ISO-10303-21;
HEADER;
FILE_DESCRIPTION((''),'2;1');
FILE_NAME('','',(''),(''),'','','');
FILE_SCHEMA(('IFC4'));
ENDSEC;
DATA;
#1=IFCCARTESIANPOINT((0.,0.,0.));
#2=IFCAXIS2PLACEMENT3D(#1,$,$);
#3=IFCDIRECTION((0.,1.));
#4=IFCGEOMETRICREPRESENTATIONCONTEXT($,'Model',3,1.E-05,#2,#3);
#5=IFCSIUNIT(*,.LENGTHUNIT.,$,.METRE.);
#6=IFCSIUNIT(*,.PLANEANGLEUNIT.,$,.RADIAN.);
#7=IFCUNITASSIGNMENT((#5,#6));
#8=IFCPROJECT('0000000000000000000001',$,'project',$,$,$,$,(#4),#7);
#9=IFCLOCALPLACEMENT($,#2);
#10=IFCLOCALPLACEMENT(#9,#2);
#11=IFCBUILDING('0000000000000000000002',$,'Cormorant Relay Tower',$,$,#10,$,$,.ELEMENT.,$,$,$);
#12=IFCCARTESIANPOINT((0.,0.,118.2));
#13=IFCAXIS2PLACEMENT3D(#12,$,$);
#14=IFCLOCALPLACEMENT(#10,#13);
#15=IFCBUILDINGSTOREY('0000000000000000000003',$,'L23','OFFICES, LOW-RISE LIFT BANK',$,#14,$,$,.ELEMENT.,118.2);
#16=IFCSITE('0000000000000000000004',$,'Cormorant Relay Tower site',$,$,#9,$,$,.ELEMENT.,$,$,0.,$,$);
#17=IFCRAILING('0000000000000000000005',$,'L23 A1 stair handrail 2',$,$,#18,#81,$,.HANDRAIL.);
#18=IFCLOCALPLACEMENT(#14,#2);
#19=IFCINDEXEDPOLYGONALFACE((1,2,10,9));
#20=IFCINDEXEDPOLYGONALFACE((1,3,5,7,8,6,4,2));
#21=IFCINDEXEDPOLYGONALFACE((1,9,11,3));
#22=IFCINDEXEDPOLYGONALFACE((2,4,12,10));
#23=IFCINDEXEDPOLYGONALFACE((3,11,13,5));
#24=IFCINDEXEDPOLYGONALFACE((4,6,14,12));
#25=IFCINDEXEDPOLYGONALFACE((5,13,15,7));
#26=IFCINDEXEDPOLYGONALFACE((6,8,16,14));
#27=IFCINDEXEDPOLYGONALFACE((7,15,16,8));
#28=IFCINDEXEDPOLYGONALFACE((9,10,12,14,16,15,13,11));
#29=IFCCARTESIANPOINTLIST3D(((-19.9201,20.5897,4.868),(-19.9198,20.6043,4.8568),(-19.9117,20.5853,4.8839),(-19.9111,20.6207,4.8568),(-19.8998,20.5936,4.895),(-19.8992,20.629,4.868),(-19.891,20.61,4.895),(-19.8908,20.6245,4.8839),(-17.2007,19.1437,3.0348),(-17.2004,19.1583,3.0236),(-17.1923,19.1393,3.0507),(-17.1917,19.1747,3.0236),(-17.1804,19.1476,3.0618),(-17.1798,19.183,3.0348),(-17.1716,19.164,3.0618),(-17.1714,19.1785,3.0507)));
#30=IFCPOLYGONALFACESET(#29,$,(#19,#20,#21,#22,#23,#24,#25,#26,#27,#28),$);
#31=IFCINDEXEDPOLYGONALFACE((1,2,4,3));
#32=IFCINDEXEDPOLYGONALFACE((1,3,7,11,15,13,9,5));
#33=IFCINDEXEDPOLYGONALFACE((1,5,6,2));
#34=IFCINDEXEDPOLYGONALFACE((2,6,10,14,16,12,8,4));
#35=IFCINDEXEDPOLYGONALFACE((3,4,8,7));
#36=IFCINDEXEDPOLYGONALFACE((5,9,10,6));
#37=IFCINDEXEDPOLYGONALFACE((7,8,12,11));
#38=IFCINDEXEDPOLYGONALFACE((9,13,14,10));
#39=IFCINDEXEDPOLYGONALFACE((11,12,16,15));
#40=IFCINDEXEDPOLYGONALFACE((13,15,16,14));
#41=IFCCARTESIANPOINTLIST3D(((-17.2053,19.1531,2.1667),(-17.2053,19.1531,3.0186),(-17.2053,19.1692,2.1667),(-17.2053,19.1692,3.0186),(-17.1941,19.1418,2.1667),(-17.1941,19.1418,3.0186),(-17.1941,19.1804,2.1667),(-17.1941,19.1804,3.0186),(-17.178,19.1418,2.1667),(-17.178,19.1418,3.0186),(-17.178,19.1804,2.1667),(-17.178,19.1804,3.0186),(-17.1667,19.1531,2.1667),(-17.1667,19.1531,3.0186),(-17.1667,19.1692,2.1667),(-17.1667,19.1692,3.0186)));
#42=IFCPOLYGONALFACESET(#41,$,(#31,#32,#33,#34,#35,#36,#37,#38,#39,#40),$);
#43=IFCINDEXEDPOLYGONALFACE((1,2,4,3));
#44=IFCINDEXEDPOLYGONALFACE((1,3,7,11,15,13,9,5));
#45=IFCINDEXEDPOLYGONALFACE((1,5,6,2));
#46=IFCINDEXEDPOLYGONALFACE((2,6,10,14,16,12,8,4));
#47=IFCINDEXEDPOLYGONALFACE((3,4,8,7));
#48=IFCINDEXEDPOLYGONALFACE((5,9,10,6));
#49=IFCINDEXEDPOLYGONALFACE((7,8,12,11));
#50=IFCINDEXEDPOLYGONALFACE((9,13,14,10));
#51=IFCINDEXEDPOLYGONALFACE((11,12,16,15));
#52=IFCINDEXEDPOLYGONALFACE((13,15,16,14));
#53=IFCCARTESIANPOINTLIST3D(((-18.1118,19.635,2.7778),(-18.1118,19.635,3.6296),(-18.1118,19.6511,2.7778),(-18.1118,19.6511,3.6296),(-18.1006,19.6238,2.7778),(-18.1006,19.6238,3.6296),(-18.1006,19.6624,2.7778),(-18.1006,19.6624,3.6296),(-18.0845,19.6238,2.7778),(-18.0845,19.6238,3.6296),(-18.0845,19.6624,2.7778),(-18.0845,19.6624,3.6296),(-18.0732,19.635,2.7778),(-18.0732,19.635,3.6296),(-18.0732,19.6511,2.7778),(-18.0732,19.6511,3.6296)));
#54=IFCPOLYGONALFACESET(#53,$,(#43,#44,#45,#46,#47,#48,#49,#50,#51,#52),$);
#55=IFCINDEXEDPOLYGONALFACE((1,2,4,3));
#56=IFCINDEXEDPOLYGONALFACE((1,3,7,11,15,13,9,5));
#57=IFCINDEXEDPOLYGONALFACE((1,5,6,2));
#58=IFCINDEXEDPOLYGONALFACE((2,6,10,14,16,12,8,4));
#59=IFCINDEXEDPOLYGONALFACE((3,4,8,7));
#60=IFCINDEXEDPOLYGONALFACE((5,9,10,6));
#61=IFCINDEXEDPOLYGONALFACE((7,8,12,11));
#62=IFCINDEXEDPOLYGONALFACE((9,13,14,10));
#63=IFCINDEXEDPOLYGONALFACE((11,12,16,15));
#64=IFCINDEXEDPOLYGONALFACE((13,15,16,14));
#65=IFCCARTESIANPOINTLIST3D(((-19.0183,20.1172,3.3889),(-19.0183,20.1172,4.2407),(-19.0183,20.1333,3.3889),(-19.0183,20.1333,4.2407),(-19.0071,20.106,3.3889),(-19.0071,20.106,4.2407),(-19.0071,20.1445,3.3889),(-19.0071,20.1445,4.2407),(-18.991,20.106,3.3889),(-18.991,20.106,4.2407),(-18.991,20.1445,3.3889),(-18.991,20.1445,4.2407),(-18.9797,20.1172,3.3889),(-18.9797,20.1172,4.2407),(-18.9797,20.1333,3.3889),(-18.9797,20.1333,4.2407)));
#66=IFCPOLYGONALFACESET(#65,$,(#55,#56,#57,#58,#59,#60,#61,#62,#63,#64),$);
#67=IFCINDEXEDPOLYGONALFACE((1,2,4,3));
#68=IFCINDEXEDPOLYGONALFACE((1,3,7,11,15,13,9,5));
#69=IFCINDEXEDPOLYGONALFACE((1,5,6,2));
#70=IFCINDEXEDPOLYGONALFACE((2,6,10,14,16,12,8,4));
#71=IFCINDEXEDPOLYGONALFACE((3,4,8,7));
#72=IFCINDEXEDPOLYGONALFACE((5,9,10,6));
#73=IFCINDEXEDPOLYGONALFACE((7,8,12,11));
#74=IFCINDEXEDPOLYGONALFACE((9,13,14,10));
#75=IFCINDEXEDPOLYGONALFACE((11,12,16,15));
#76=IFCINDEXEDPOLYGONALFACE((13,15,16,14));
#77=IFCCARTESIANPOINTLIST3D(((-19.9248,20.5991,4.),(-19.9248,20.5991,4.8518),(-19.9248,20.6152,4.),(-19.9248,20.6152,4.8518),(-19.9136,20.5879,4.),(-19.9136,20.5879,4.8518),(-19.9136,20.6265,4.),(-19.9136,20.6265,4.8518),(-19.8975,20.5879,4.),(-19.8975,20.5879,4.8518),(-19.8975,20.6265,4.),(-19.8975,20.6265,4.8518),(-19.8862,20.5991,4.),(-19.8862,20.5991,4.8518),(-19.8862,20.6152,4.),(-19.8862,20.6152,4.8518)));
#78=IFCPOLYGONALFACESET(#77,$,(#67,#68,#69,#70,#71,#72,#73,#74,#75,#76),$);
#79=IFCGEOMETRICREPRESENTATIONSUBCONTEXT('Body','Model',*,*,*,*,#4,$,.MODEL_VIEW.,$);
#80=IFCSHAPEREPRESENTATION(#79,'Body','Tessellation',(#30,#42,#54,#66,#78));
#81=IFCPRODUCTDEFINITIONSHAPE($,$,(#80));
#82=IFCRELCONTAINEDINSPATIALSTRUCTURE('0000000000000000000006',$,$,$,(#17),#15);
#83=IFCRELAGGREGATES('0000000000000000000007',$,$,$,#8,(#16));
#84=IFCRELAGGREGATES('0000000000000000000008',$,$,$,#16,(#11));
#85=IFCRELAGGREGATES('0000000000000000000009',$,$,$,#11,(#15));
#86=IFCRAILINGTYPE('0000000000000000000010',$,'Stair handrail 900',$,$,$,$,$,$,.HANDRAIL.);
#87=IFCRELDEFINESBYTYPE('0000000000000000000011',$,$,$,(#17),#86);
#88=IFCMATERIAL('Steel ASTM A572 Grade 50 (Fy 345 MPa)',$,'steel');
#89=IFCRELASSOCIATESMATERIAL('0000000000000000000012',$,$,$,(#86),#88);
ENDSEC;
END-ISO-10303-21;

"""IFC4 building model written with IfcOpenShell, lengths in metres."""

from ifc_helpers import new_model, si_unit, direction, frame, origin, place, context, subcontext, project, spatial, polyline, outline, extrude, material, type_object, element, save


model = new_model("IFC4")

# Units and contexts
model_context = context("Model", 3, precision=1e-05, world=origin(), true_north=direction((0.0, 1.0)))
body_context = subcontext(model_context, "Body", "Model", "MODEL_VIEW")
ifc_project = project(units=[si_unit("LENGTHUNIT", "METRE"), si_unit("PLANEANGLEUNIT", "RADIAN")], contexts=[model_context])

# Site, building, storey
site_placement = place(None, origin())
site = spatial("IfcSite", under=ifc_project, at=site_placement, Name="Cormorant Relay Tower site", CompositionType="ELEMENT", RefElevation=0.0)
building_placement = place(site_placement, origin())
building = spatial("IfcBuilding", under=site, at=building_placement, Name="Cormorant Relay Tower", CompositionType="ELEMENT")
storey_placement = place(building_placement, frame((0.0, 0.0, 118.2)))
storey = spatial("IfcBuildingStorey", under=building, at=storey_placement, Name="L23", Description="OFFICES, LOW-RISE LIFT BANK", CompositionType="ELEMENT", Elevation=118.2)

# Railing
ifc_material_1 = material(Name="Steel ASTM A572 Grade 50 (Fy 345 MPa)", Category="steel")
railing_type_1 = type_object("IfcRailingType", Name="Stair handrail 900", PredefinedType="HANDRAIL", material=ifc_material_1)
railing_1_placement = place(storey_placement, frame((-17.186, 19.1611, 2.1667)))
element("IfcRailing", 1, at=railing_1_placement, inside=storey, type_object=railing_type_1, Name="L23 A1 stair handrail 2", PredefinedType="HANDRAIL", context=body_context, shape_type="SweptSolid", body=[
    extrude(outline(polyline([(0.0222, 0.0093), (0.0093, 0.0222), (-0.0093, 0.0222), (-0.0222, 0.0093), (-0.0222, -0.0093), (-0.0093, -0.0222), (0.0093, -0.0222), (0.0222, -0.0093), (0.0222, 0.0093)])), frame((0.0, 0.0, 0.876), z_axis=(-0.758714, 0.403435, 0.511463), x_axis=(-0.469489, -0.882938, 0.0)), (0.0, 0.0, 1.0), 3.5842),
    extrude(outline(polyline([(0.0193, 0.0081), (0.0081, 0.0193), (-0.0081, 0.0193), (-0.0193, 0.0081), (-0.0193, -0.0081), (-0.0081, -0.0193), (0.0081, -0.0193), (0.0193, -0.0081), (0.0193, 0.0081)])), origin(), (0.0, 0.0, 1.0), 0.8518),
    extrude(outline(polyline([(0.0193, 0.0081), (0.0081, 0.0193), (-0.0081, 0.0193), (-0.0193, 0.0081), (-0.0193, -0.0081), (-0.0081, -0.0193), (0.0081, -0.0193), (0.0193, -0.0081), (0.0193, 0.0081)])), frame((-0.9065, 0.4819, 0.6111)), (0.0, 0.0, 1.0), 0.8518),
    extrude(outline(polyline([(0.0193, 0.0081), (0.0081, 0.0193), (-0.0081, 0.0193), (-0.0193, 0.0081), (-0.0193, -0.0081), (-0.0081, -0.0193), (0.0081, -0.0193), (0.0193, -0.0081), (0.0193, 0.0081)])), frame((-1.813, 0.9641, 1.2222)), (0.0, 0.0, 1.0), 0.8518),
    extrude(outline(polyline([(0.0193, 0.0081), (0.0081, 0.0193), (-0.0081, 0.0193), (-0.0193, 0.0081), (-0.0193, -0.0081), (-0.0081, -0.0193), (0.0081, -0.0193), (0.0193, -0.0081), (0.0193, 0.0081)])), frame((-2.7195, 1.446, 1.8333)), (0.0, 0.0, 1.0), 0.8518),
])

save(model, "model.ifc")
